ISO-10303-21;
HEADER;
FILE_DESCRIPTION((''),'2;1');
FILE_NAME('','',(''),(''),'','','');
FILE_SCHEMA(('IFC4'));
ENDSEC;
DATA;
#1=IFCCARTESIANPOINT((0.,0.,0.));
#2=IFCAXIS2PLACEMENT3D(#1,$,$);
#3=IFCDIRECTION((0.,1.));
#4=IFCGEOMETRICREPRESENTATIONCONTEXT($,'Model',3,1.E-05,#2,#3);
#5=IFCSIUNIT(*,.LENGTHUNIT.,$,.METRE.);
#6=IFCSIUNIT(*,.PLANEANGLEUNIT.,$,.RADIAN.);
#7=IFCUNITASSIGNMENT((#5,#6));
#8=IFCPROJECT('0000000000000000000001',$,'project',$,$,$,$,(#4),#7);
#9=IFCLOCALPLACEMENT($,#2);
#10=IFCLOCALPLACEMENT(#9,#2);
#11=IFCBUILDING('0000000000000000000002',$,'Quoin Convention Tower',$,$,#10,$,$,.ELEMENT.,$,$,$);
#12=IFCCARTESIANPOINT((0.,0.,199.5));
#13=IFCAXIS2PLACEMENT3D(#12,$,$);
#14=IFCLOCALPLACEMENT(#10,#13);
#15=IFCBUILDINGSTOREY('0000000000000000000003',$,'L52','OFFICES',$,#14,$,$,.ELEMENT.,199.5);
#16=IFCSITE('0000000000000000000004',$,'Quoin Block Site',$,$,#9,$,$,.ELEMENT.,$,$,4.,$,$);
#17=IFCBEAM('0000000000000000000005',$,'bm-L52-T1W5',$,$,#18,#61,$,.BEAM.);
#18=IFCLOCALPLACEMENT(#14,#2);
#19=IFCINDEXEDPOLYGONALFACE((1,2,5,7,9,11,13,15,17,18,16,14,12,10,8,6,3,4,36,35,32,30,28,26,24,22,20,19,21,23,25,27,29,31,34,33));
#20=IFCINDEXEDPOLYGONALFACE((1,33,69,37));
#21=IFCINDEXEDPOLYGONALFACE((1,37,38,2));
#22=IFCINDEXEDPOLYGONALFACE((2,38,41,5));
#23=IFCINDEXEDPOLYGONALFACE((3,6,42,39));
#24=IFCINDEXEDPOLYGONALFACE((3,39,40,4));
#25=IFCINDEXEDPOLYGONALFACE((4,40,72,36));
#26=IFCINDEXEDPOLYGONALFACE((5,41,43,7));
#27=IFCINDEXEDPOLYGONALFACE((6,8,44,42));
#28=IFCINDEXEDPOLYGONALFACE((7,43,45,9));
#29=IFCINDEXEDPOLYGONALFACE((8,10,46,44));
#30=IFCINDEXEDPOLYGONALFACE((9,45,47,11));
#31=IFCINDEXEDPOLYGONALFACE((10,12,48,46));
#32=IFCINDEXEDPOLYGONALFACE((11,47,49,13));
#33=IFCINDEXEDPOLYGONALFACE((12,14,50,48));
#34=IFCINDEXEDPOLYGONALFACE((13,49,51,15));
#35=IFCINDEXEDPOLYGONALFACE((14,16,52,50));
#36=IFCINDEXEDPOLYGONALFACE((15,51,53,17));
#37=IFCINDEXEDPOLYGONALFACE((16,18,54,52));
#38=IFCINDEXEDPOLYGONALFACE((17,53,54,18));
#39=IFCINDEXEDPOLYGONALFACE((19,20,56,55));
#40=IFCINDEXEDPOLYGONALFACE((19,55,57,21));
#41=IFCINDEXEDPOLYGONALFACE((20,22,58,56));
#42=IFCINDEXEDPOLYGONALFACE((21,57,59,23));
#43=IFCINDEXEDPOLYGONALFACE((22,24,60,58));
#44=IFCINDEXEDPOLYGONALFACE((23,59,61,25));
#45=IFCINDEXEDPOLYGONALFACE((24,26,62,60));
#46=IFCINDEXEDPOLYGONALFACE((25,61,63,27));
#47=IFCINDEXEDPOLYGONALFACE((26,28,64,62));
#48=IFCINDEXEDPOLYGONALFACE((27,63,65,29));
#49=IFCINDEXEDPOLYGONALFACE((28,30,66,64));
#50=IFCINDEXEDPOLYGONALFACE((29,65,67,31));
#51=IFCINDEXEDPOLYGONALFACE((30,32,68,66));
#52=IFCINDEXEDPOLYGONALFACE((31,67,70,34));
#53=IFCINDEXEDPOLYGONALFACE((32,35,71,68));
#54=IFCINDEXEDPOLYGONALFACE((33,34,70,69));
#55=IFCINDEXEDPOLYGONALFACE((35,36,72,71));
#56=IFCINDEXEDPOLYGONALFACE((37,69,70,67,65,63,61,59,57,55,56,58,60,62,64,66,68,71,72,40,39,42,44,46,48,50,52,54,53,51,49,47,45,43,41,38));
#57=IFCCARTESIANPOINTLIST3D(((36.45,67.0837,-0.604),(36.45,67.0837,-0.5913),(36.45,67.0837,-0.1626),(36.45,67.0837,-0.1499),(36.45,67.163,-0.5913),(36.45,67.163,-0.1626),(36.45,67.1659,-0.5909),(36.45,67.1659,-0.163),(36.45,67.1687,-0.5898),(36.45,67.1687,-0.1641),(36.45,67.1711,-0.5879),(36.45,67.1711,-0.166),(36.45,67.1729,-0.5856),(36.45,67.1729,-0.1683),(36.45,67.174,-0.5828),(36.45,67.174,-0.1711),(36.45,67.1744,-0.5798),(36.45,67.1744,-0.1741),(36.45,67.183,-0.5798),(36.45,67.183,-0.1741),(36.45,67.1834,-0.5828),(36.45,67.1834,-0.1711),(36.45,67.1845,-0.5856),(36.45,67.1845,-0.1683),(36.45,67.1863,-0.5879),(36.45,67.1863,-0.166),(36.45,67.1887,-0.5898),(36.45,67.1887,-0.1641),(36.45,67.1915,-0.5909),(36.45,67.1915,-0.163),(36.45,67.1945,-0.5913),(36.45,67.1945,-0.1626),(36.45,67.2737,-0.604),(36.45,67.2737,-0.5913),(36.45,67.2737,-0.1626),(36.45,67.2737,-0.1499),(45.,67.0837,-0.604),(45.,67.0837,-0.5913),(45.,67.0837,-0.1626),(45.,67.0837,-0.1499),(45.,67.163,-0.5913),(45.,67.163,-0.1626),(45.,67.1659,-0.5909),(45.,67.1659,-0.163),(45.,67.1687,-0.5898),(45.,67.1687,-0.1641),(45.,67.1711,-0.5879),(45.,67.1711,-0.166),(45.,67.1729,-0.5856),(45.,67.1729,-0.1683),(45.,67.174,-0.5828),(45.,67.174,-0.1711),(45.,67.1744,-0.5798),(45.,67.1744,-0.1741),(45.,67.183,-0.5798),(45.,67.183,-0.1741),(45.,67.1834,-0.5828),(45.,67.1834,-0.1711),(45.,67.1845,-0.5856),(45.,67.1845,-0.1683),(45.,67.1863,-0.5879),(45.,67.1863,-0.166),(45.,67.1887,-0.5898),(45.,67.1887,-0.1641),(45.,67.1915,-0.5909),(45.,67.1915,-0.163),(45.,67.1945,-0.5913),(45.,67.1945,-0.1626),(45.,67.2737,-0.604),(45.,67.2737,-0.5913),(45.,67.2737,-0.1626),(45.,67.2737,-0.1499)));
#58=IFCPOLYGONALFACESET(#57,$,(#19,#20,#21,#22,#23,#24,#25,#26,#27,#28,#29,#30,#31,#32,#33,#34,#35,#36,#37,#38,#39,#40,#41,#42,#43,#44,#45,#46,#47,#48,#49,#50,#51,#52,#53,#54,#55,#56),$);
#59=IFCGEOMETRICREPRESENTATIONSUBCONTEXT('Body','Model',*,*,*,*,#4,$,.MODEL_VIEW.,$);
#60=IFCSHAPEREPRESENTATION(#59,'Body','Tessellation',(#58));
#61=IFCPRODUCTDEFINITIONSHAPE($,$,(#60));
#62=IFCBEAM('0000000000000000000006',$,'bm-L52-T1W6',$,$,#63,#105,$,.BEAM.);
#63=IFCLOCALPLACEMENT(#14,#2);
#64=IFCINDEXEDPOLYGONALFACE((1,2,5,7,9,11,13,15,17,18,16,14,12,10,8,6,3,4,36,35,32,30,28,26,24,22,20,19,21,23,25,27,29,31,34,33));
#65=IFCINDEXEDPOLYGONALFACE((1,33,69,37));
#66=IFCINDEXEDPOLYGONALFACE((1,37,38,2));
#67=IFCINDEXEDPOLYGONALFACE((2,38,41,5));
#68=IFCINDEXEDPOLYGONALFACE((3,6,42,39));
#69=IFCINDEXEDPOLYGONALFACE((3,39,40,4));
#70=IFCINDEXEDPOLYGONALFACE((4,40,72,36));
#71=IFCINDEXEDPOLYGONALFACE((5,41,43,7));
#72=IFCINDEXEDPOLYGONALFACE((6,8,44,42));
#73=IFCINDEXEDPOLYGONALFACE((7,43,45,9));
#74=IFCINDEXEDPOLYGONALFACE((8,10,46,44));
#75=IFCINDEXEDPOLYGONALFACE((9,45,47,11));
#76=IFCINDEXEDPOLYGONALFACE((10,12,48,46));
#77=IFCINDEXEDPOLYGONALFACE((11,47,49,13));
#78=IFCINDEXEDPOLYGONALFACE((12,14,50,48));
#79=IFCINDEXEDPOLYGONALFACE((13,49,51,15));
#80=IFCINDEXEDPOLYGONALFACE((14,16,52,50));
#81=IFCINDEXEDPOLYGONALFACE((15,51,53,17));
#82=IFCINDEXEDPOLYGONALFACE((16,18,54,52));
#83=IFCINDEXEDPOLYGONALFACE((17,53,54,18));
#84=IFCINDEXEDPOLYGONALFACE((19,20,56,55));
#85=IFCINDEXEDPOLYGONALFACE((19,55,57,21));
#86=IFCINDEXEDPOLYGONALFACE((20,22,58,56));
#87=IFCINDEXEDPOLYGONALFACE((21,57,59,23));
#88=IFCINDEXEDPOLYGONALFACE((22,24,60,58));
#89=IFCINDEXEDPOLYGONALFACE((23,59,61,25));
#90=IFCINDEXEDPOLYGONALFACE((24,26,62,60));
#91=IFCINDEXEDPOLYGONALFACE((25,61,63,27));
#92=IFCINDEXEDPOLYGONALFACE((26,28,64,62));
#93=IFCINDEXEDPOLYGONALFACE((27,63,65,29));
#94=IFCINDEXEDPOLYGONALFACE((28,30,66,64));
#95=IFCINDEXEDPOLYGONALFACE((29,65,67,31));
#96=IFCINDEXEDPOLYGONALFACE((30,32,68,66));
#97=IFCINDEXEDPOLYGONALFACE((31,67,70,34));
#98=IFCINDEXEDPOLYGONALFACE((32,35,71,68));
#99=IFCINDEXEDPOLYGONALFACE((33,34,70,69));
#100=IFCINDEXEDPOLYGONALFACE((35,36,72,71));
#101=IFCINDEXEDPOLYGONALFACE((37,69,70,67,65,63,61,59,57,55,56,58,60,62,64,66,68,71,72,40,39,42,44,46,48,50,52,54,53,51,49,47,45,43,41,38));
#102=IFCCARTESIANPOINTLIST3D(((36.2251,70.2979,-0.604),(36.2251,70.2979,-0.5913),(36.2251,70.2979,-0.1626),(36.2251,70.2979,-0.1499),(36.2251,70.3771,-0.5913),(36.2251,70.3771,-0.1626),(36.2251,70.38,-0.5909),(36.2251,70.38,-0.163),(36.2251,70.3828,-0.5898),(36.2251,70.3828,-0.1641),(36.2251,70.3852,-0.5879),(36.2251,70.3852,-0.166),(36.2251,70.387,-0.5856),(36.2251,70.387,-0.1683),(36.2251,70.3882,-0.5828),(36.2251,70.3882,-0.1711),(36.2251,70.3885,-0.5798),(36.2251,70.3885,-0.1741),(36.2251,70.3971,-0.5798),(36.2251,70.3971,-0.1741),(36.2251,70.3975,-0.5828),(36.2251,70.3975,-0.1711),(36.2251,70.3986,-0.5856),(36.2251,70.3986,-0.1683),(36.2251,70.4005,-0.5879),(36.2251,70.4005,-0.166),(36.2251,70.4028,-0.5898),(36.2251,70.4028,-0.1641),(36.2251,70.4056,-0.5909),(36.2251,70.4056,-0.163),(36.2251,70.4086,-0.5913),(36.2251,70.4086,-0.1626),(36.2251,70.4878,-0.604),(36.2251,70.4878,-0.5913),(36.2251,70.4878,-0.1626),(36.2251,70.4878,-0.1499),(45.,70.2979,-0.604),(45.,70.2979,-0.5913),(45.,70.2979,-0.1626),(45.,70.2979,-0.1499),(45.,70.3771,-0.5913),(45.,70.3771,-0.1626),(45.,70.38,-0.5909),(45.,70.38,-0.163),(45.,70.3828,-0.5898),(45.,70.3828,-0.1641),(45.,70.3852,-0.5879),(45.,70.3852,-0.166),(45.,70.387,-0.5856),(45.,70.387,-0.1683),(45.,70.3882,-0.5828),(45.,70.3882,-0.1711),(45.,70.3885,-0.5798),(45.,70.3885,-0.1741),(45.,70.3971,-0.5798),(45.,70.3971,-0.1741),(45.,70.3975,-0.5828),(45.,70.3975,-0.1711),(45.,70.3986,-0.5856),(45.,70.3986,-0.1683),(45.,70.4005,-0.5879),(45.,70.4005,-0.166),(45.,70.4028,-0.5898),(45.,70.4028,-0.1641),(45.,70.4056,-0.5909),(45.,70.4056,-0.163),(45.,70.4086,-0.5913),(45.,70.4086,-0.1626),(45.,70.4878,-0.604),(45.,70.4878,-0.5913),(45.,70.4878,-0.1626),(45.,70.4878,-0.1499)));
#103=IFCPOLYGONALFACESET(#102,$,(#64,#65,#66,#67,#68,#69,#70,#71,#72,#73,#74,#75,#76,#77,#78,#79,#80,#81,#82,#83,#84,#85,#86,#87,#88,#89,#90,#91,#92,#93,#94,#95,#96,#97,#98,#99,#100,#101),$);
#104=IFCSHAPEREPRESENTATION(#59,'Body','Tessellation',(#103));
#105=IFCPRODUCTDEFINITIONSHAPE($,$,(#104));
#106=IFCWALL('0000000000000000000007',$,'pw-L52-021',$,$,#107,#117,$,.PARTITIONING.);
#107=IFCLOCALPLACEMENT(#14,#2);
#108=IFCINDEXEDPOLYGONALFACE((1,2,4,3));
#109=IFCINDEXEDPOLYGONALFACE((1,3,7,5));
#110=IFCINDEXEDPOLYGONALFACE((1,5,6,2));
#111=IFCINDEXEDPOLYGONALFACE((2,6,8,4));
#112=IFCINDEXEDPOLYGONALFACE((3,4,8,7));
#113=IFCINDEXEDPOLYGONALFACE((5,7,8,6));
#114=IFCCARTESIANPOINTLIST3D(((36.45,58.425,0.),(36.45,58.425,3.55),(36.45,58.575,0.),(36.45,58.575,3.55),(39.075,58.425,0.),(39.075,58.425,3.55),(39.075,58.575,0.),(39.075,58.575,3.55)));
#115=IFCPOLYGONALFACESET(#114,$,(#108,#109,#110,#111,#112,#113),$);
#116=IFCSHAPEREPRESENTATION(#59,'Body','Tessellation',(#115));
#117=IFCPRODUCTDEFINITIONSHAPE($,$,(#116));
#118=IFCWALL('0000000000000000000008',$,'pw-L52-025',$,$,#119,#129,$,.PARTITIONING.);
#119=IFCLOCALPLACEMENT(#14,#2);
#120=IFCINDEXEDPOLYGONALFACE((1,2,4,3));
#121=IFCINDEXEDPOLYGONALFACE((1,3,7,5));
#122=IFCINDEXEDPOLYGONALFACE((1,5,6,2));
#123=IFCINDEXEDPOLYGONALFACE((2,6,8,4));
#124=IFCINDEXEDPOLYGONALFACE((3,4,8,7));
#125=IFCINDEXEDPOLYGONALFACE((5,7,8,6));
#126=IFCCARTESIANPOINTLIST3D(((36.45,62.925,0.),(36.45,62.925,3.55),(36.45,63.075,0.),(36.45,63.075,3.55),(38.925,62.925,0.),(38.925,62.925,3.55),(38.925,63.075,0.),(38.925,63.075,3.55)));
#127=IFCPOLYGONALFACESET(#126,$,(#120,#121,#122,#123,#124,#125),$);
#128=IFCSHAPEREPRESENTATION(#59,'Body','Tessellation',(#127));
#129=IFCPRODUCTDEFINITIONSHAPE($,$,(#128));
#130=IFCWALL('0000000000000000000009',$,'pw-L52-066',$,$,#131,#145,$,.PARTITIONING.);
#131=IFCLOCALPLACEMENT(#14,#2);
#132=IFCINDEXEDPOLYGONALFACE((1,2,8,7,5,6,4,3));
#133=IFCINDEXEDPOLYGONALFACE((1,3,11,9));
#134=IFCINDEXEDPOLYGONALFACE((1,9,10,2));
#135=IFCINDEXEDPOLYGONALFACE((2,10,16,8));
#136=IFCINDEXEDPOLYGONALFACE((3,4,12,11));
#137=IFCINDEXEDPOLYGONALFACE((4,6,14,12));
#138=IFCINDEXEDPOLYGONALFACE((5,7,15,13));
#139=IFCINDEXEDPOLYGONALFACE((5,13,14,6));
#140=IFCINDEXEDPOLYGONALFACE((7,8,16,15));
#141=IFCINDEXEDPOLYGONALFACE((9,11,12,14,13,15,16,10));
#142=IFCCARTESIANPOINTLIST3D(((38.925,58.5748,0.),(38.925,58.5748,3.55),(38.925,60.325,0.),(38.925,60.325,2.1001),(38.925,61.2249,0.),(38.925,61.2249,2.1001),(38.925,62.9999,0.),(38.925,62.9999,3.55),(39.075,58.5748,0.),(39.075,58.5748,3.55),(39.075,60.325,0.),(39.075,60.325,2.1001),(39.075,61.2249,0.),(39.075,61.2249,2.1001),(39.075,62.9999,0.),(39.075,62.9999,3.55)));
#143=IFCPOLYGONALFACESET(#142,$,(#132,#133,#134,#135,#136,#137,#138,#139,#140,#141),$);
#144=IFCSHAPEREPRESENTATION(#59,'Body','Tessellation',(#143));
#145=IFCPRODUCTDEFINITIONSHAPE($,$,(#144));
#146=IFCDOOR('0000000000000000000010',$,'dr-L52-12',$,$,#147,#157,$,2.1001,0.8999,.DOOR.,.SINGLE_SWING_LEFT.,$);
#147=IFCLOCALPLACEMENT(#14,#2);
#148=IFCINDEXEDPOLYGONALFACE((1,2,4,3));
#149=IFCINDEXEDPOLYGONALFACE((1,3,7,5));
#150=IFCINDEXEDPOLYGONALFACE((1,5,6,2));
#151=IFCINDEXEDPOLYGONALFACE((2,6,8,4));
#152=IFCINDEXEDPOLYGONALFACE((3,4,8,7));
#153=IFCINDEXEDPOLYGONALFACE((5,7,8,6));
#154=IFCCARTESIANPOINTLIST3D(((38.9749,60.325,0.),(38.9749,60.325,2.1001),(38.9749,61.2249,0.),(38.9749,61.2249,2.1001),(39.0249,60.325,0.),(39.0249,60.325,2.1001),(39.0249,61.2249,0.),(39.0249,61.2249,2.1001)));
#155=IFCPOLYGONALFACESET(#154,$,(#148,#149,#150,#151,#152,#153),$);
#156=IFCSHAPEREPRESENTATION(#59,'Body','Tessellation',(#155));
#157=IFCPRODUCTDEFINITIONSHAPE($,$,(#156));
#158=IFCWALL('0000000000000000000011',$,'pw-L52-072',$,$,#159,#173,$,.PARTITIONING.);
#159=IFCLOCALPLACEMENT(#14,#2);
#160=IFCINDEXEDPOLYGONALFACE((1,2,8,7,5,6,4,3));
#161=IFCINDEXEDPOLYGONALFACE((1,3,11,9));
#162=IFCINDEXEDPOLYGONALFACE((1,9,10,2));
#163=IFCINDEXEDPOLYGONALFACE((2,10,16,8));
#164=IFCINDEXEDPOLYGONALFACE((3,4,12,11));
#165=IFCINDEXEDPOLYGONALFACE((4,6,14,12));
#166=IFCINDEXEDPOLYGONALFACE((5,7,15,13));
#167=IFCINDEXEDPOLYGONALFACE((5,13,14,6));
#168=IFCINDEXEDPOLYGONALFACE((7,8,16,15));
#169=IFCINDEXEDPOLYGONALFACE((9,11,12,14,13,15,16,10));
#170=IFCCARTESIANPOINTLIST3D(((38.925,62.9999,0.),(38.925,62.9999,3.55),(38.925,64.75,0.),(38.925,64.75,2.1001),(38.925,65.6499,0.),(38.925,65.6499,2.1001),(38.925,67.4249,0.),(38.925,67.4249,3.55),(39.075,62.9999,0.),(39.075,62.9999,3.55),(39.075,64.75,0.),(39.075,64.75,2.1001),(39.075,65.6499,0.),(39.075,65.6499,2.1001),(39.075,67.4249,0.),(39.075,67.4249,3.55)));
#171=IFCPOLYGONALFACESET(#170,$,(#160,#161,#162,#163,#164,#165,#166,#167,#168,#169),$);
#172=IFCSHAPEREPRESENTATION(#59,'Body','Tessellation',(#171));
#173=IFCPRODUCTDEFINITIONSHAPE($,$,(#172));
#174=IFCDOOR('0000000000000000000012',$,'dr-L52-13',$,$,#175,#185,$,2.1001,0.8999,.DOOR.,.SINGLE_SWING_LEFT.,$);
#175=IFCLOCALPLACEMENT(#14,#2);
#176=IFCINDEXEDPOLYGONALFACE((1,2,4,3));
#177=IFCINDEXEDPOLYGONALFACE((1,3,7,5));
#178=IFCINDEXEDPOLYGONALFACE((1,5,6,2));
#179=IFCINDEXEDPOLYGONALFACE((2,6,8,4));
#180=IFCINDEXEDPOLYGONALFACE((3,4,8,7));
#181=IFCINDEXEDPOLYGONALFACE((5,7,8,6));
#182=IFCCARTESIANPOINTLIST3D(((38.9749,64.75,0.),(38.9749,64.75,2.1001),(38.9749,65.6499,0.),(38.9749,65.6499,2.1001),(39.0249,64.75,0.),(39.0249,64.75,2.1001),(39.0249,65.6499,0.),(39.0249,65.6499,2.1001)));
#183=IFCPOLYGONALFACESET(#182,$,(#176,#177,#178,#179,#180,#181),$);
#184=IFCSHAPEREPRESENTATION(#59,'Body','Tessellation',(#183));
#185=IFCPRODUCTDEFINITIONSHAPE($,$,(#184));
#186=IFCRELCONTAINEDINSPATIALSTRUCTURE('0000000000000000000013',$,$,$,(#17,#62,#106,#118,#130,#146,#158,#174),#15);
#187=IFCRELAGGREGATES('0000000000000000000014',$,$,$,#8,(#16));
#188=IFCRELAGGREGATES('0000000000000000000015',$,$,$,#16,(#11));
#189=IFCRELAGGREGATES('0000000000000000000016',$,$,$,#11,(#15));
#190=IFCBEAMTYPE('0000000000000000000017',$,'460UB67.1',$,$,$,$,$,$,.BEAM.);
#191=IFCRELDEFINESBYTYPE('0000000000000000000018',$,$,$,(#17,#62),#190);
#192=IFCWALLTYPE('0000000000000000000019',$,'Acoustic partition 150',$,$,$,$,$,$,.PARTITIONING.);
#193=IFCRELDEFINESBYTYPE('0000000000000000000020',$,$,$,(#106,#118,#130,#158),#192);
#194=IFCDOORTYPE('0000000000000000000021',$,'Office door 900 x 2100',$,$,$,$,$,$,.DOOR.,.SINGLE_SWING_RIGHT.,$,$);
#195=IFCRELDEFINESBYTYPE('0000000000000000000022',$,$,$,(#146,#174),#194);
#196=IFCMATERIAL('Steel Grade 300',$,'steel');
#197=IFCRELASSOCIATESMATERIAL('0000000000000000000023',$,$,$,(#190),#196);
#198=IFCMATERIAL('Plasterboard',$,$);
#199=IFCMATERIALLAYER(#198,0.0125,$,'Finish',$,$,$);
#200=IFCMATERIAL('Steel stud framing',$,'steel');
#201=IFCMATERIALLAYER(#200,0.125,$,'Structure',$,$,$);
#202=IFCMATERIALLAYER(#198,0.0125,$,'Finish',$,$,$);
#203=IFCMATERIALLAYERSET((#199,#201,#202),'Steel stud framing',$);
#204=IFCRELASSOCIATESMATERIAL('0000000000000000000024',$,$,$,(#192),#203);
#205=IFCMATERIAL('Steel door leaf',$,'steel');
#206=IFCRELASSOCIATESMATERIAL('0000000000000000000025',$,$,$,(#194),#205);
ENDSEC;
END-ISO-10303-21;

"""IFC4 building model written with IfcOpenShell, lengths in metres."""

from ifc_helpers import new_model, si_unit, direction, frame, frame_2d, origin, origin_2d, place, context, subcontext, project, spatial, rectangle, i_section, extrude, material, layer, layer_set, material_profile, profile_set, type_object, element, fill, save


model = new_model("IFC4")

# Units and contexts
model_context = context("Model", 3, precision=1e-05, world=origin(), true_north=direction((0.0, 1.0)))
body_context = subcontext(model_context, "Body", "Model", "MODEL_VIEW")
ifc_project = project(units=[si_unit("LENGTHUNIT", "METRE"), si_unit("PLANEANGLEUNIT", "RADIAN")], contexts=[model_context])

# Site, building, storey
site_placement = place(None, origin())
site = spatial("IfcSite", under=ifc_project, at=site_placement, Name="Quoin Block Site", CompositionType="ELEMENT", RefElevation=4.0)
building_placement = place(site_placement, origin())
building = spatial("IfcBuilding", under=site, at=building_placement, Name="Quoin Convention Tower", CompositionType="ELEMENT")
storey_placement = place(building_placement, frame((0.0, 0.0, 199.5)))
storey = spatial("IfcBuildingStorey", under=building, at=storey_placement, Name="L52", Description="OFFICES", CompositionType="ELEMENT", Elevation=199.5)

# Beams
ifc_material_1 = material(Name="Steel Grade 300", Category="steel")
ifc_material_profile = material_profile(ifc_material_1, i_section(OverallWidth=0.1899, OverallDepth=0.4541, WebThickness=0.0085, FlangeThickness=0.0127, FilletRadius=0.0115, at=origin_2d()), Name="460UB67.1")
ifc_profile_set = profile_set([ifc_material_profile], Name="Steel Grade 300")
beam_type = type_object("IfcBeamType", Name="460UB67.1", PredefinedType="BEAM", material=ifc_profile_set)
beam_1_placement = place(storey_placement, frame((36.45, 67.1787, -0.377), z_axis=(1.0, 0.0, 0.0), x_axis=(0.0, 1.0, 0.0)))
element("IfcBeam", 1, at=beam_1_placement, inside=storey, type_object=beam_type, Name="bm-L52-T1W5", PredefinedType="BEAM", context=body_context, shape_type="SweptSolid", body=[
    extrude(i_section(OverallWidth=0.1899, OverallDepth=0.4541, WebThickness=0.0085, FlangeThickness=0.0127, FilletRadius=0.0115, at=origin_2d()), origin(), (0.0, 0.0, 1.0), 8.55),
])
beam_2_placement = place(storey_placement, frame((36.2251, 70.3928, -0.377), z_axis=(1.0, 0.0, 0.0), x_axis=(0.0, 1.0, 0.0)))
element("IfcBeam", 2, at=beam_2_placement, inside=storey, type_object=beam_type, Name="bm-L52-T1W6", PredefinedType="BEAM", context=body_context, shape_type="SweptSolid", body=[
    extrude(i_section(OverallWidth=0.1899, OverallDepth=0.4541, WebThickness=0.0085, FlangeThickness=0.0127, FilletRadius=0.0115, at=origin_2d()), origin(), (0.0, 0.0, 1.0), 8.7749),
])

# Walls
ifc_material_2 = material(Name="Plasterboard")
ifc_layer_1 = layer(ifc_material_2, 0.0125, Name="Finish")
ifc_material_3 = material(Name="Steel stud framing", Category="steel")
ifc_layer_2 = layer(ifc_material_3, 0.125, Name="Structure")
ifc_layer_3 = layer(ifc_material_2, 0.0125, Name="Finish")
ifc_layer_set_1 = layer_set([ifc_layer_1, ifc_layer_2, ifc_layer_3], Name="Steel stud framing")
wall_type_1 = type_object("IfcWallType", Name="Acoustic partition 150", PredefinedType="PARTITIONING", material=ifc_layer_set_1)
wall_1_placement = place(storey_placement, frame((36.45, 58.5, 0.0), z_axis=(0.0, 0.0, 1.0), x_axis=(1.0, 0.0, 0.0)))
element("IfcWall", 3, at=wall_1_placement, inside=storey, type_object=wall_type_1, Name="pw-L52-021", PredefinedType="PARTITIONING", context=body_context, shape_type="SweptSolid", body=[
    extrude(rectangle(XDim=2.625, YDim=0.1499, at=frame_2d((1.3125, 0.0))), origin(), (0.0, 0.0, 1.0), 3.55),
])
wall_2_placement = place(storey_placement, frame((36.45, 63.0, 0.0), z_axis=(0.0, 0.0, 1.0), x_axis=(1.0, 0.0, 0.0)))
element("IfcWall", 4, at=wall_2_placement, inside=storey, type_object=wall_type_1, Name="pw-L52-025", PredefinedType="PARTITIONING", context=body_context, shape_type="SweptSolid", body=[
    extrude(rectangle(XDim=2.4751, YDim=0.1499, at=frame_2d((1.2375, 0.0))), origin(), (0.0, 0.0, 1.0), 3.55),
])

# Walls, openings, doors
wall_3_placement = place(storey_placement, frame((39.0, 58.575, 0.0), z_axis=(0.0, 0.0, 1.0), x_axis=(0.0, 1.0, 0.0)))
wall_3 = element("IfcWall", 5, at=wall_3_placement, inside=storey, type_object=wall_type_1, Name="pw-L52-066", PredefinedType="PARTITIONING", context=body_context, shape_type="SweptSolid", body=[
    extrude(rectangle(XDim=4.425, YDim=0.1499, at=frame_2d((2.2124, 0.0))), origin(), (0.0, 0.0, 1.0), 3.55),
])
opening_1_placement = place(wall_3_placement, frame((1.75, 0.0, 0.0)))
opening_1 = element("IfcOpeningElement", 6, at=opening_1_placement, cuts=wall_3, PredefinedType="OPENING", context=body_context, shape_type="SweptSolid", body=[
    extrude(rectangle(XDim=0.8999, YDim=2.1001, at=frame_2d((0.45, 1.05))), frame((0.0, 0.085, 0.0), z_axis=(0.0, -1.0, 0.0), x_axis=(1.0, 0.0, 0.0)), (0.0, 0.0, 1.0), 0.1699),
])
ifc_material_4 = material(Name="Steel door leaf", Category="steel")
door_type = type_object("IfcDoorType", Name="Office door 900 x 2100", OperationType="SINGLE_SWING_RIGHT", PredefinedType="DOOR", material=ifc_material_4)
door_1_placement = place(opening_1_placement, frame((0.8999, 0.0, 0.0), z_axis=(0.0, 0.0, 1.0), x_axis=(-1.0, 0.0, 0.0)))
door_1 = element("IfcDoor", 7, at=door_1_placement, inside=storey, type_object=door_type, Name="dr-L52-12", OperationType="SINGLE_SWING_LEFT", OverallHeight=2.1001, OverallWidth=0.8999, PredefinedType="DOOR", context=body_context, shape_type="SweptSolid", body=[
    extrude(rectangle(XDim=0.8999, YDim=2.1001, at=frame_2d((0.45, 1.05))), frame((0.0, 0.0249, 0.0), z_axis=(0.0, -1.0, 0.0), x_axis=(1.0, 0.0, 0.0)), (0.0, 0.0, 1.0), 0.05),
])
fill(opening_1, door_1)
wall_4_placement = place(storey_placement, frame((39.0, 63.0, 0.0), z_axis=(0.0, 0.0, 1.0), x_axis=(0.0, 1.0, 0.0)))
wall_4 = element("IfcWall", 8, at=wall_4_placement, inside=storey, type_object=wall_type_1, Name="pw-L52-072", PredefinedType="PARTITIONING", context=body_context, shape_type="SweptSolid", body=[
    extrude(rectangle(XDim=4.425, YDim=0.1499, at=frame_2d((2.2124, 0.0))), origin(), (0.0, 0.0, 1.0), 3.55),
])
opening_2_placement = place(wall_4_placement, frame((1.75, 0.0, 0.0)))
opening_2 = element("IfcOpeningElement", 9, at=opening_2_placement, cuts=wall_4, PredefinedType="OPENING", context=body_context, shape_type="SweptSolid", body=[
    extrude(rectangle(XDim=0.8999, YDim=2.1001, at=frame_2d((0.45, 1.05))), frame((0.0, 0.085, 0.0), z_axis=(0.0, -1.0, 0.0), x_axis=(1.0, 0.0, 0.0)), (0.0, 0.0, 1.0), 0.1699),
])
door_2_placement = place(opening_2_placement, frame((0.8999, 0.0, 0.0), z_axis=(0.0, 0.0, 1.0), x_axis=(-1.0, 0.0, 0.0)))
door_2 = element("IfcDoor", 10, at=door_2_placement, inside=storey, type_object=door_type, Name="dr-L52-13", OperationType="SINGLE_SWING_LEFT", OverallHeight=2.1001, OverallWidth=0.8999, PredefinedType="DOOR", context=body_context, shape_type="SweptSolid", body=[
    extrude(rectangle(XDim=0.8999, YDim=2.1001, at=frame_2d((0.45, 1.05))), frame((0.0, 0.0249, 0.0), z_axis=(0.0, -1.0, 0.0), x_axis=(1.0, 0.0, 0.0)), (0.0, 0.0, 1.0), 0.05),
])
fill(opening_2, door_2)

save(model, "model.ifc")
